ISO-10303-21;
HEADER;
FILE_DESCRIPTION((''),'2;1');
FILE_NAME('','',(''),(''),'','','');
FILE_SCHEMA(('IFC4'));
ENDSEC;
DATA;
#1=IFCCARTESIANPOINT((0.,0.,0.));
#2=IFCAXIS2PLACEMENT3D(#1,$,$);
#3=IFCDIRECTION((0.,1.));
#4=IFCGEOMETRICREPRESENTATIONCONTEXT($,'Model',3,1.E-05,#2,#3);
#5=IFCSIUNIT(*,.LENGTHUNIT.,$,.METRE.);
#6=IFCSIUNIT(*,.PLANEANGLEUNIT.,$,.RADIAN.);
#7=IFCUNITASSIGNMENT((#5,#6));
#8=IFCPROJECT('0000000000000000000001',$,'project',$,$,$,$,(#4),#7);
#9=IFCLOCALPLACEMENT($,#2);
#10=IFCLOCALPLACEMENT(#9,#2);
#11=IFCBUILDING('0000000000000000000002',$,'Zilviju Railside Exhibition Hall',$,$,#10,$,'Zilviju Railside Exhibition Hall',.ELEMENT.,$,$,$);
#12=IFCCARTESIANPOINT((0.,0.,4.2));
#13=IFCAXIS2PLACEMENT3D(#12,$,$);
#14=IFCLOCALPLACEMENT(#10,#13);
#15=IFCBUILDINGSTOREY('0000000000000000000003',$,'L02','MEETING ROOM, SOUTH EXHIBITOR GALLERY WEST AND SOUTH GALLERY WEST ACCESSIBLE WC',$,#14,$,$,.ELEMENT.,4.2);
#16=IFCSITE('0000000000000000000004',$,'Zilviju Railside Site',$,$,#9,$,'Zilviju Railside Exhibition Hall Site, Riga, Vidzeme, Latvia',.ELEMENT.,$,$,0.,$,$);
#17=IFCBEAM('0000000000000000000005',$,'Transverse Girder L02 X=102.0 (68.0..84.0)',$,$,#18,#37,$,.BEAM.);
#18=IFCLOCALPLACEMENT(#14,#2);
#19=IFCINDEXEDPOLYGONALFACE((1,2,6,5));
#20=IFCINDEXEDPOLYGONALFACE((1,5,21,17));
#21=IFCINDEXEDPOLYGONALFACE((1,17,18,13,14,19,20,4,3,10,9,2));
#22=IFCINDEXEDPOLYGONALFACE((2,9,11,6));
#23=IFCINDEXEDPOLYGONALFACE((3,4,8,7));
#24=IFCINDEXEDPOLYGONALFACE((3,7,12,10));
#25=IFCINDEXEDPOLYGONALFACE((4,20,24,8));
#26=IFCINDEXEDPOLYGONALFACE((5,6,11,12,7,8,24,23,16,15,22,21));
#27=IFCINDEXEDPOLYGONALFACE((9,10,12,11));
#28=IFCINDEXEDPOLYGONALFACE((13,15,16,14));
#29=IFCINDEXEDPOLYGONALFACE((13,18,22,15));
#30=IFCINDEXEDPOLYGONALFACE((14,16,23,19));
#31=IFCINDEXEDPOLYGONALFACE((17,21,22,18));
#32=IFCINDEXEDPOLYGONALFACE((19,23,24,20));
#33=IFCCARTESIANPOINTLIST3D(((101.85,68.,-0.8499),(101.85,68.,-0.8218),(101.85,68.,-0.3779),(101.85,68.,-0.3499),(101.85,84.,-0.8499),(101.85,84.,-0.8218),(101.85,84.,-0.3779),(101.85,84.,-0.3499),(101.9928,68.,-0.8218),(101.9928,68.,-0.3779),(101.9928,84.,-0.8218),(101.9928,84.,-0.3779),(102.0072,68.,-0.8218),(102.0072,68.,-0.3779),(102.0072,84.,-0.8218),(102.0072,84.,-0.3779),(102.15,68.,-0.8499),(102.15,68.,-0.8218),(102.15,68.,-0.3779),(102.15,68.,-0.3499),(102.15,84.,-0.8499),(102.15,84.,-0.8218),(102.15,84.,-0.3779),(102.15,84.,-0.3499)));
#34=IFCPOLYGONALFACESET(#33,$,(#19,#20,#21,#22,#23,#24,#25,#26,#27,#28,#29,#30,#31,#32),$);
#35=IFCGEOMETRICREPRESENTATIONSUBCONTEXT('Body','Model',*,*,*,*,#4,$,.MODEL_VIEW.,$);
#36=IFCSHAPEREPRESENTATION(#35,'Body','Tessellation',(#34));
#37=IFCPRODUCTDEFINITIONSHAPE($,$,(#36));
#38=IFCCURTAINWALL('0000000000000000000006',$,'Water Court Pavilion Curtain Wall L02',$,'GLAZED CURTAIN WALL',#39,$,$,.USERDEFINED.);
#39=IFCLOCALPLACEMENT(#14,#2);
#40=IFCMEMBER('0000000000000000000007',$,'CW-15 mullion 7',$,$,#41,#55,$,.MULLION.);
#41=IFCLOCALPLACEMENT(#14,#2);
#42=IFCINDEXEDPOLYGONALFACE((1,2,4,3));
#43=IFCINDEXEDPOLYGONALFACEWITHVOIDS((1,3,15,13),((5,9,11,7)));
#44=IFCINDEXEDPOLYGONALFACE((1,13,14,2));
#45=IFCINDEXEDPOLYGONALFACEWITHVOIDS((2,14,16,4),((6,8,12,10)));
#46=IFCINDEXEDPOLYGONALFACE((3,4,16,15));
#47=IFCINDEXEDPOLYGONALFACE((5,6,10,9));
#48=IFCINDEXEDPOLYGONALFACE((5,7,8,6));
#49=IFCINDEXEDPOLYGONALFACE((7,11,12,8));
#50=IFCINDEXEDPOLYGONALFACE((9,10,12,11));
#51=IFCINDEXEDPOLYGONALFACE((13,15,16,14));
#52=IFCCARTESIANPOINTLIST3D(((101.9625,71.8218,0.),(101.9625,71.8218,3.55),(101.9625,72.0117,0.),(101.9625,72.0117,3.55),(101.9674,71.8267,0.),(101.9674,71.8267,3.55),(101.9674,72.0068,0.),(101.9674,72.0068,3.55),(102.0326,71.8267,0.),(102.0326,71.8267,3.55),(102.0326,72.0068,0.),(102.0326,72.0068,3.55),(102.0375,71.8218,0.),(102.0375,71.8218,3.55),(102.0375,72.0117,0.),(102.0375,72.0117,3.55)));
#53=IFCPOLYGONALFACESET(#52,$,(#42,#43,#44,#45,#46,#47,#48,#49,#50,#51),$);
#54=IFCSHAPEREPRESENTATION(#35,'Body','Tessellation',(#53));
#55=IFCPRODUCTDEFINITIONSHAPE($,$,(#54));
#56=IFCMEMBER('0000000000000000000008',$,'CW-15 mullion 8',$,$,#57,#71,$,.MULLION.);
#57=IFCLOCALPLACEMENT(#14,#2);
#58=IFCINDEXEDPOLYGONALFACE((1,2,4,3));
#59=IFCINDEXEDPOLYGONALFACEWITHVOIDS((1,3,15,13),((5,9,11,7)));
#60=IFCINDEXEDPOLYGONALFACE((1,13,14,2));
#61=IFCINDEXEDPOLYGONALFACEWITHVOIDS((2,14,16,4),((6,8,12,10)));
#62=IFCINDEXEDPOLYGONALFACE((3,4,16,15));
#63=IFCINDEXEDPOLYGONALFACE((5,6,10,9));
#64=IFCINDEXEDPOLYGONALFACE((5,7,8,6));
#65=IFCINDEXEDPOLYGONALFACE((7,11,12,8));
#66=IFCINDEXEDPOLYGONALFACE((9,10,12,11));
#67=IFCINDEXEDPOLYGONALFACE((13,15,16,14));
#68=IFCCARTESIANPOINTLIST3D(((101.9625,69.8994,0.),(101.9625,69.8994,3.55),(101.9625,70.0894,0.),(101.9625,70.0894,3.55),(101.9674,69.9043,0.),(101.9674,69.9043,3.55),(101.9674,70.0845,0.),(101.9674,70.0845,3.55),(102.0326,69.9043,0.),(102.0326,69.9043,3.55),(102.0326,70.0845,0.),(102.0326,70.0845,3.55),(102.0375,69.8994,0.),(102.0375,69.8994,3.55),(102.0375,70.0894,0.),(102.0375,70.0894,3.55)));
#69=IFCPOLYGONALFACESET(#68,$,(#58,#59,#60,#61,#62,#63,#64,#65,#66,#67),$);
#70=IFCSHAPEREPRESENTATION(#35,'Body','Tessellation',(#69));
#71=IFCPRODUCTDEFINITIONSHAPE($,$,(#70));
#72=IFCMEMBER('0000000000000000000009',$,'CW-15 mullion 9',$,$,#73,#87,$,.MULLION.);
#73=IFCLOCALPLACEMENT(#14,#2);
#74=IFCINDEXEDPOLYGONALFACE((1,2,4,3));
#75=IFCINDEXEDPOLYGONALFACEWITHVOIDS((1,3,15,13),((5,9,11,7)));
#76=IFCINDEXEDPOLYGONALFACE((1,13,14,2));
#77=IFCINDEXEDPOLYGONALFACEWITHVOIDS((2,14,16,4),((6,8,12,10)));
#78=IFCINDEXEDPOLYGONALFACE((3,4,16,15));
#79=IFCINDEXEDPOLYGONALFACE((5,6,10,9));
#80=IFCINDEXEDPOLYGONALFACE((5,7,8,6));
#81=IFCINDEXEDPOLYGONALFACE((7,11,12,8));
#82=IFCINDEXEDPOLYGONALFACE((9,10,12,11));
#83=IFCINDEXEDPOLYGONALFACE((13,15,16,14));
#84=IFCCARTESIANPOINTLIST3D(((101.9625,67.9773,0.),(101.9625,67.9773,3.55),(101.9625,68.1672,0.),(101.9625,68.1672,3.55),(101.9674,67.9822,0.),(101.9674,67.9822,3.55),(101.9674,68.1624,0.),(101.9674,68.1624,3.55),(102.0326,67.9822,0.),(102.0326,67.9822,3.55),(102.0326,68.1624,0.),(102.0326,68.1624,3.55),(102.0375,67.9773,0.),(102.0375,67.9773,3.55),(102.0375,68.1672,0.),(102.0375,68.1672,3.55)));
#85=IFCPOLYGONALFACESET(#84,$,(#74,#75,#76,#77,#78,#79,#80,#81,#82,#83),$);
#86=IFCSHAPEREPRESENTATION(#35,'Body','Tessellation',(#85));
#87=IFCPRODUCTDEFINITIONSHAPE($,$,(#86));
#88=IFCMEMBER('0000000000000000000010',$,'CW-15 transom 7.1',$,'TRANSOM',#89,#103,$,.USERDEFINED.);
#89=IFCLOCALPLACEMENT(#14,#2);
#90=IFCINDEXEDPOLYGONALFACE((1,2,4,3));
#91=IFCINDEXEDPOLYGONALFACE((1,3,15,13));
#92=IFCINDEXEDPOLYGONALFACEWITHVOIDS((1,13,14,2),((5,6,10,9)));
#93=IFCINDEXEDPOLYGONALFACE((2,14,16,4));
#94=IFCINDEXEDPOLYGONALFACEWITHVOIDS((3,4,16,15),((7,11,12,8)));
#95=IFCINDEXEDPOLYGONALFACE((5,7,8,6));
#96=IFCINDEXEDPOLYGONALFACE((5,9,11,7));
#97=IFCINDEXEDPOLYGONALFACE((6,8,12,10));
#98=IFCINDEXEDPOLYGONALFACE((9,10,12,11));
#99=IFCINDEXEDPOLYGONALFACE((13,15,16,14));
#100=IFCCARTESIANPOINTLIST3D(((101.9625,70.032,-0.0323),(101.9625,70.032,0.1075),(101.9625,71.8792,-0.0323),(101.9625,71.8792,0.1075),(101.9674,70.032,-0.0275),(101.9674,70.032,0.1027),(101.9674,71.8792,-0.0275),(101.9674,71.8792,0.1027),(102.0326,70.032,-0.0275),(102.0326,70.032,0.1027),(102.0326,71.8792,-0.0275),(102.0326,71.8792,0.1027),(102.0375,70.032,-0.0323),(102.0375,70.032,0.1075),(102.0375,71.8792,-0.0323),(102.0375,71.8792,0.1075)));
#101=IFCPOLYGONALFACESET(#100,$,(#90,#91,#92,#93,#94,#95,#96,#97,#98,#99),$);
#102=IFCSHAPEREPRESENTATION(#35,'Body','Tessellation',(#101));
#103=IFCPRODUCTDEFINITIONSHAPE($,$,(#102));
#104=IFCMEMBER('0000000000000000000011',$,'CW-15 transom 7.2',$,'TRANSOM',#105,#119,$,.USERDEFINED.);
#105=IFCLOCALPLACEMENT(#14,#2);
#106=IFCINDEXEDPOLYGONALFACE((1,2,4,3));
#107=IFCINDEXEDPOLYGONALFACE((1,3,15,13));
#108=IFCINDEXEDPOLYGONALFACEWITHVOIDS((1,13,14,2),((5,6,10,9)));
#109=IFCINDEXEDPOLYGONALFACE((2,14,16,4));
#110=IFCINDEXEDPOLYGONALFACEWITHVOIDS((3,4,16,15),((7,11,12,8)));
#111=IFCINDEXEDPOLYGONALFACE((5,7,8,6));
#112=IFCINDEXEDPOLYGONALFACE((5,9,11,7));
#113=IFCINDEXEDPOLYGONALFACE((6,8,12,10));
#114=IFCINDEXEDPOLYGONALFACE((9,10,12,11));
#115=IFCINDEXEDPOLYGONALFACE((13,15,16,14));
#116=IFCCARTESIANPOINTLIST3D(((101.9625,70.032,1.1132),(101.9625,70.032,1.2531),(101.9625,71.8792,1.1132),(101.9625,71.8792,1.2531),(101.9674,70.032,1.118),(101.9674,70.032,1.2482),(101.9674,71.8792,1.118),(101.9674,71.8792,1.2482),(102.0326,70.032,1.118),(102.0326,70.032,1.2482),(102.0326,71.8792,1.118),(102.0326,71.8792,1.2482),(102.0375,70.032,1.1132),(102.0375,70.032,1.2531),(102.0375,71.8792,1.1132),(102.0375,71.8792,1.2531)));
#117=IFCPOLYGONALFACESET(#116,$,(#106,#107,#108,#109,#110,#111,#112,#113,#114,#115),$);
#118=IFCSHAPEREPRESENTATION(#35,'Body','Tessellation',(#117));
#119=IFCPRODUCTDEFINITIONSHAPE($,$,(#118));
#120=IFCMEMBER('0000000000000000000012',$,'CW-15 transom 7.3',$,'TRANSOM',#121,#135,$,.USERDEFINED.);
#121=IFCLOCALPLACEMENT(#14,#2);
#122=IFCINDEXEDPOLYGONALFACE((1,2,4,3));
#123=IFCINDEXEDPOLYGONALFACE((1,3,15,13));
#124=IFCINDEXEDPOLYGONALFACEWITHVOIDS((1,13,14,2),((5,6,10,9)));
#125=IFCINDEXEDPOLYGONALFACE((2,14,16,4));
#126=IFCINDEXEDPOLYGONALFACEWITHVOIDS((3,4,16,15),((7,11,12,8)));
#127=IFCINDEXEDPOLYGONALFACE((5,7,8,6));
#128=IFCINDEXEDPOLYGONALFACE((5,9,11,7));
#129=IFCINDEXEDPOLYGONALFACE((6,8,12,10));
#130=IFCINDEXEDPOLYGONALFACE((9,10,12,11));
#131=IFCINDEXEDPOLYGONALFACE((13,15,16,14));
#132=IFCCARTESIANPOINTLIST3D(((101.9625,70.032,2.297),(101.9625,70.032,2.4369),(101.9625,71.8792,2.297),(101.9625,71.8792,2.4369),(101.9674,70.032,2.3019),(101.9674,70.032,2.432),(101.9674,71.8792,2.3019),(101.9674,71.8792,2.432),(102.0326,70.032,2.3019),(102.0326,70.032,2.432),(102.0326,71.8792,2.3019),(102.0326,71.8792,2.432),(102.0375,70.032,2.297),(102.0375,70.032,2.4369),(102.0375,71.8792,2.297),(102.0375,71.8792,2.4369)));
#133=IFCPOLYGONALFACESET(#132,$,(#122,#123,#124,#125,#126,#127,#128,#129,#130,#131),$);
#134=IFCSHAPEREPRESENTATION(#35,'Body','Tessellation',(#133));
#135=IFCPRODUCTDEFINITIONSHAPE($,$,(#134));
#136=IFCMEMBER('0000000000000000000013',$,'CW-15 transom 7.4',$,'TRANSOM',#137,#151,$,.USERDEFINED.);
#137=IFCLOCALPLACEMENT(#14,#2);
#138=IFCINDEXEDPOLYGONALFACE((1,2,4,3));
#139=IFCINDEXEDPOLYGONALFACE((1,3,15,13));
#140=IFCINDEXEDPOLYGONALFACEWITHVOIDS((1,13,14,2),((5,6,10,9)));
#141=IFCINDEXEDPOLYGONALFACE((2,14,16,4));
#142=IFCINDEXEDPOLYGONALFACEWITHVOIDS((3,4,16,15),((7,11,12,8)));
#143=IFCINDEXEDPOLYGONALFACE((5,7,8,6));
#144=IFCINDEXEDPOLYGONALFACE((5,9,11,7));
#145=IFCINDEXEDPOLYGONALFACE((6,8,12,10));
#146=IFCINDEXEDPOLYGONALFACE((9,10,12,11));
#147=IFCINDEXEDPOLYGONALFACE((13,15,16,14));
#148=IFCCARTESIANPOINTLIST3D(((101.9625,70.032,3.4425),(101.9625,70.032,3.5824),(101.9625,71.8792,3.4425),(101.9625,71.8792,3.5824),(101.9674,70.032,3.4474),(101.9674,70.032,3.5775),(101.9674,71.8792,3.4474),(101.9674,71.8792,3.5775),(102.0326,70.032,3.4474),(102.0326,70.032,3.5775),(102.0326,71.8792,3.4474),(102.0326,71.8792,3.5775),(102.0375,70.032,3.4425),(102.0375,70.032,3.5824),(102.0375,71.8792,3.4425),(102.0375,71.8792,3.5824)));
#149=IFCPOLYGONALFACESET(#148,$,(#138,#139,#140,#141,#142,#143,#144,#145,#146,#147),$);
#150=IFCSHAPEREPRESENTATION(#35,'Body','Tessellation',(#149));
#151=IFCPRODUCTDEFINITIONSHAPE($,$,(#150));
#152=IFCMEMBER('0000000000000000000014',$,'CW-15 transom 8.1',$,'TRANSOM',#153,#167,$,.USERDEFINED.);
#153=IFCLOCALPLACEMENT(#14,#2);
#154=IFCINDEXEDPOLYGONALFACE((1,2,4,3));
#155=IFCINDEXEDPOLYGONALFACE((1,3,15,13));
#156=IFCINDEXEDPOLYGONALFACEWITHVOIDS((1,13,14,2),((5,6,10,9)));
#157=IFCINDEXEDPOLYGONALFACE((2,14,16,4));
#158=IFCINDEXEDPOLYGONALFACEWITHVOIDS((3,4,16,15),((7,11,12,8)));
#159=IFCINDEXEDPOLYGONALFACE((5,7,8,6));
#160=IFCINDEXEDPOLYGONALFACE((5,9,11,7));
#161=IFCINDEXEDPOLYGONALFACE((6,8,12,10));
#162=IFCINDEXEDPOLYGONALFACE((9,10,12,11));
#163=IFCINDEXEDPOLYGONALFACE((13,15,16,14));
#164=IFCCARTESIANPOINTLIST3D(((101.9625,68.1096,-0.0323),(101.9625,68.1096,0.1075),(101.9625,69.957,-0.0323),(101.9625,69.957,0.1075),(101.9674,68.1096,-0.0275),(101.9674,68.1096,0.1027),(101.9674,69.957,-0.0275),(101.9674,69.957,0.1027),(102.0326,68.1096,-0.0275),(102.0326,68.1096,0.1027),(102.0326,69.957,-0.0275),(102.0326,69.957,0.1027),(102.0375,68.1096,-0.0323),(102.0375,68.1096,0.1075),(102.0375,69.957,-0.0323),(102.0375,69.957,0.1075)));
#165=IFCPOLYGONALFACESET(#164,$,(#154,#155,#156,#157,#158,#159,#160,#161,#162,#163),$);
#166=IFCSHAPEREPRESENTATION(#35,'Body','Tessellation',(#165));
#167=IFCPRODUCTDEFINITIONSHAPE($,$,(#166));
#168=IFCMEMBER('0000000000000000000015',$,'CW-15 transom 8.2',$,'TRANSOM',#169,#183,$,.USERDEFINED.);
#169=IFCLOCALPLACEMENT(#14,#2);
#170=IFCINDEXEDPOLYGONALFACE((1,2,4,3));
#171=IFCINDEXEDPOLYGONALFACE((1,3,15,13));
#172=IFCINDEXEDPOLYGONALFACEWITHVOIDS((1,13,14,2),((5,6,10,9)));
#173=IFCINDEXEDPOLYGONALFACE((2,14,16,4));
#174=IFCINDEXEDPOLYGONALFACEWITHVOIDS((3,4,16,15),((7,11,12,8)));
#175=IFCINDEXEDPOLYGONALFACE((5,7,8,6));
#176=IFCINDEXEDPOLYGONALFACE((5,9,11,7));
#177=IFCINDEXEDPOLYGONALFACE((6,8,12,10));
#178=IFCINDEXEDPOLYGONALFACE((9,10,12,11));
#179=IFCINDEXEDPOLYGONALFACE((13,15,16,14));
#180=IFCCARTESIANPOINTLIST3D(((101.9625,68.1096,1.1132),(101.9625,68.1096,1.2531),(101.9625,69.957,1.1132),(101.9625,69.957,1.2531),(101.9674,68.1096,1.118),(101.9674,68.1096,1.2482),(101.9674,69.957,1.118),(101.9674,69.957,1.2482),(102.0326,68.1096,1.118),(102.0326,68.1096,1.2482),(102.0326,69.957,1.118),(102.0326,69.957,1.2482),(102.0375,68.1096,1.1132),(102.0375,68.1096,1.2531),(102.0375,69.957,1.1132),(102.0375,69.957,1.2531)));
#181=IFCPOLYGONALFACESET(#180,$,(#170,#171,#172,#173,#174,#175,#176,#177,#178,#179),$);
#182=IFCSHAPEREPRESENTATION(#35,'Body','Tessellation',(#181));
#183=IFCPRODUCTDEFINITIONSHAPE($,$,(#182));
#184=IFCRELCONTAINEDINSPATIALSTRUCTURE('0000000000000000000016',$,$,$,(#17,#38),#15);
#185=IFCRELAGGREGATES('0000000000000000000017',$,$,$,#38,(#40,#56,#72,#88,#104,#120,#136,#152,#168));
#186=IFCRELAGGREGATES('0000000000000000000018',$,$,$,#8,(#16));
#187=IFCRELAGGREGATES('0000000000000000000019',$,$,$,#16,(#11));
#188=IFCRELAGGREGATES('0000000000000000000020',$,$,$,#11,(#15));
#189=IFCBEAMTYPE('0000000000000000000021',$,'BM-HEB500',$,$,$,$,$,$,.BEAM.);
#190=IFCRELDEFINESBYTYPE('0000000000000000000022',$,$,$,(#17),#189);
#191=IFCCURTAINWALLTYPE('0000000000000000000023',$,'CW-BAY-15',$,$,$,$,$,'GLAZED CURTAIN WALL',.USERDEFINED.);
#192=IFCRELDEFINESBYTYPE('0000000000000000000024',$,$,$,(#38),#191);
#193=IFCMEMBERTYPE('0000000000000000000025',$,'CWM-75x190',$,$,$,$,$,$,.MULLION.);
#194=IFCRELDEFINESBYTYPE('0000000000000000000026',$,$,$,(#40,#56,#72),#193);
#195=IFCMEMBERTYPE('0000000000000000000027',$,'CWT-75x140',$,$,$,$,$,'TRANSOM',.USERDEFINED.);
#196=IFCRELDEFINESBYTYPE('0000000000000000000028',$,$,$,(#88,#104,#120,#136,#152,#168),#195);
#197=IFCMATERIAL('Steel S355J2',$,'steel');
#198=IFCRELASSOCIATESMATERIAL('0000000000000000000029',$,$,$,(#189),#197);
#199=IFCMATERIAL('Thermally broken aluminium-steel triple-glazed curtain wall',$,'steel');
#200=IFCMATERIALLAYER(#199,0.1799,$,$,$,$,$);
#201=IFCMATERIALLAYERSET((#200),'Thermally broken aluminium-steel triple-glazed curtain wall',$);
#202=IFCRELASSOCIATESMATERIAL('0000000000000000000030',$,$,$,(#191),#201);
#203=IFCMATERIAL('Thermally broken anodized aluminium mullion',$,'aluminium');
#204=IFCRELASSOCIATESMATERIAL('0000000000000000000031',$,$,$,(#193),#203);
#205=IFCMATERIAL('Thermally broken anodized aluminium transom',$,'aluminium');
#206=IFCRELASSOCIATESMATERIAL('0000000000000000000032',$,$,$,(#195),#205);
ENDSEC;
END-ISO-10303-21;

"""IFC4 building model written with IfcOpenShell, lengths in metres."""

from ifc_helpers import new_model, si_unit, direction, frame, origin, origin_2d, place, context, subcontext, project, spatial, hollow_rectangle, i_section, extrude, material, layer, layer_set, material_profile, profile_set, type_object, element, aggregate, save


model = new_model("IFC4")

# Units and contexts
model_context = context("Model", 3, precision=1e-05, world=origin(), true_north=direction((0.0, 1.0)))
body_context = subcontext(model_context, "Body", "Model", "MODEL_VIEW")
ifc_project = project(units=[si_unit("LENGTHUNIT", "METRE"), si_unit("PLANEANGLEUNIT", "RADIAN")], contexts=[model_context])

# Site, building, storey
site_placement = place(None, origin())
site = spatial("IfcSite", under=ifc_project, at=site_placement, Name="Zilviju Railside Site", LongName="Zilviju Railside Exhibition Hall Site, Riga, Vidzeme, Latvia", CompositionType="ELEMENT", RefElevation=0.0)
building_placement = place(site_placement, origin())
building = spatial("IfcBuilding", under=site, at=building_placement, Name="Zilviju Railside Exhibition Hall", LongName="Zilviju Railside Exhibition Hall", CompositionType="ELEMENT")
storey_placement = place(building_placement, frame((0.0, 0.0, 4.2)))
storey = spatial("IfcBuildingStorey", under=building, at=storey_placement, Name="L02", Description="MEETING ROOM, SOUTH EXHIBITOR GALLERY WEST AND SOUTH GALLERY WEST ACCESSIBLE WC", CompositionType="ELEMENT", Elevation=4.2)

# Beam
ifc_material_1 = material(Name="Steel S355J2", Category="steel")
ifc_material_profile_1 = material_profile(ifc_material_1, i_section(OverallWidth=0.3, OverallDepth=0.5, WebThickness=0.0144, FlangeThickness=0.0281, at=origin_2d()), Name="HEB 500")
ifc_profile_set_1 = profile_set([ifc_material_profile_1], Name="Steel S355J2")
beam_type = type_object("IfcBeamType", Name="BM-HEB500", PredefinedType="BEAM", material=ifc_profile_set_1)
beam_placement = place(storey_placement, frame((102.0, 68.0, -0.5999), z_axis=(0.0, 1.0, 0.0), x_axis=(-1.0, 0.0, 0.0)))
element("IfcBeam", 1, at=beam_placement, inside=storey, type_object=beam_type, Name="Transverse Girder L02 X=102.0 (68.0..84.0)", PredefinedType="BEAM", context=body_context, shape_type="SweptSolid", body=[
    extrude(i_section(OverallWidth=0.3, OverallDepth=0.5, WebThickness=0.0144, FlangeThickness=0.0281, at=origin_2d()), origin(), (0.0, 0.0, 1.0), 16.0),
])

# Curtain wall, members
ifc_material_2 = material(Name="Thermally broken aluminium-steel triple-glazed curtain wall", Category="steel")
ifc_layer_1 = layer(ifc_material_2, 0.1799)
ifc_layer_set_1 = layer_set([ifc_layer_1], Name="Thermally broken aluminium-steel triple-glazed curtain wall")
curtain_wall_type = type_object("IfcCurtainWallType", Name="CW-BAY-15", ElementType="GLAZED CURTAIN WALL", PredefinedType="USERDEFINED", material=ifc_layer_set_1)
curtain_wall_placement = place(storey_placement, origin())
curtain_wall = element("IfcCurtainWall", 2, at=curtain_wall_placement, inside=storey, type_object=curtain_wall_type, Name="Water Court Pavilion Curtain Wall L02", ObjectType="GLAZED CURTAIN WALL", PredefinedType="USERDEFINED")
ifc_material_3 = material(Name="Thermally broken anodized aluminium mullion", Category="aluminium")
ifc_material_profile_2 = material_profile(ifc_material_3, hollow_rectangle(XDim=0.075, YDim=0.1899, WallThickness=0.0049, at=origin_2d()), Name="MULLION 190x75x5")
ifc_profile_set_2 = profile_set([ifc_material_profile_2], Name="Thermally broken anodized aluminium mullion")
member_type_1 = type_object("IfcMemberType", Name="CWM-75x190", PredefinedType="MULLION", material=ifc_profile_set_2)
member_1_placement = place(storey_placement, frame((102.0, 71.9167, 0.0), z_axis=(0.0, 0.0, 1.0), x_axis=(1.0, 0.0, 0.0)))
member_1 = element("IfcMember", 3, at=member_1_placement, type_object=member_type_1, Name="CW-15 mullion 7", PredefinedType="MULLION", context=body_context, shape_type="SweptSolid", body=[
    extrude(hollow_rectangle(XDim=0.075, YDim=0.1899, WallThickness=0.0049, at=origin_2d()), origin(), (0.0, 0.0, 1.0), 3.55),
])
member_2_placement = place(storey_placement, frame((102.0, 69.9944, 0.0), z_axis=(0.0, 0.0, 1.0), x_axis=(1.0, 0.0, 0.0)))
member_2 = element("IfcMember", 4, at=member_2_placement, type_object=member_type_1, Name="CW-15 mullion 8", PredefinedType="MULLION", context=body_context, shape_type="SweptSolid", body=[
    extrude(hollow_rectangle(XDim=0.075, YDim=0.1899, WallThickness=0.0049, at=origin_2d()), origin(), (0.0, 0.0, 1.0), 3.55),
])
member_3_placement = place(storey_placement, frame((102.0, 68.0723, 0.0), z_axis=(0.0, 0.0, 1.0), x_axis=(1.0, 0.0, 0.0)))
member_3 = element("IfcMember", 5, at=member_3_placement, type_object=member_type_1, Name="CW-15 mullion 9", PredefinedType="MULLION", context=body_context, shape_type="SweptSolid", body=[
    extrude(hollow_rectangle(XDim=0.075, YDim=0.1899, WallThickness=0.0049, at=origin_2d()), origin(), (0.0, 0.0, 1.0), 3.55),
])
ifc_material_4 = material(Name="Thermally broken anodized aluminium transom", Category="aluminium")
ifc_material_profile_3 = material_profile(ifc_material_4, hollow_rectangle(XDim=0.075, YDim=0.1399, WallThickness=0.0049, at=origin_2d()), Name="TRANSOM 140x75x5")
ifc_profile_set_3 = profile_set([ifc_material_profile_3], Name="Thermally broken anodized aluminium transom")
member_type_2 = type_object("IfcMemberType", Name="CWT-75x140", ElementType="TRANSOM", PredefinedType="USERDEFINED", material=ifc_profile_set_3)
member_4_placement = place(storey_placement, frame((102.0, 71.8792, 0.0376), z_axis=(0.0, -1.0, 0.0), x_axis=(1.0, 0.0, 0.0)))
member_4 = element("IfcMember", 6, at=member_4_placement, type_object=member_type_2, Name="CW-15 transom 7.1", ObjectType="TRANSOM", PredefinedType="USERDEFINED", context=body_context, shape_type="SweptSolid", body=[
    extrude(hollow_rectangle(XDim=0.075, YDim=0.1399, WallThickness=0.0049, at=origin_2d()), origin(), (0.0, 0.0, 1.0), 1.8472),
])
member_5_placement = place(storey_placement, frame((102.0, 71.8792, 1.1831), z_axis=(0.0, -1.0, 0.0), x_axis=(1.0, 0.0, 0.0)))
member_5 = element("IfcMember", 7, at=member_5_placement, type_object=member_type_2, Name="CW-15 transom 7.2", ObjectType="TRANSOM", PredefinedType="USERDEFINED", context=body_context, shape_type="SweptSolid", body=[
    extrude(hollow_rectangle(XDim=0.075, YDim=0.1399, WallThickness=0.0049, at=origin_2d()), origin(), (0.0, 0.0, 1.0), 1.8472),
])
member_6_placement = place(storey_placement, frame((102.0, 71.8792, 2.3669), z_axis=(0.0, -1.0, 0.0), x_axis=(1.0, 0.0, 0.0)))
member_6 = element("IfcMember", 8, at=member_6_placement, type_object=member_type_2, Name="CW-15 transom 7.3", ObjectType="TRANSOM", PredefinedType="USERDEFINED", context=body_context, shape_type="SweptSolid", body=[
    extrude(hollow_rectangle(XDim=0.075, YDim=0.1399, WallThickness=0.0049, at=origin_2d()), origin(), (0.0, 0.0, 1.0), 1.8472),
])
member_7_placement = place(storey_placement, frame((102.0, 71.8792, 3.5125), z_axis=(0.0, -1.0, 0.0), x_axis=(1.0, 0.0, 0.0)))
member_7 = element("IfcMember", 9, at=member_7_placement, type_object=member_type_2, Name="CW-15 transom 7.4", ObjectType="TRANSOM", PredefinedType="USERDEFINED", context=body_context, shape_type="SweptSolid", body=[
    extrude(hollow_rectangle(XDim=0.075, YDim=0.1399, WallThickness=0.0049, at=origin_2d()), origin(), (0.0, 0.0, 1.0), 1.8472),
])
member_8_placement = place(storey_placement, frame((102.0, 69.957, 0.0376), z_axis=(0.0, -1.0, 0.0), x_axis=(1.0, 0.0, 0.0)))
member_8 = element("IfcMember", 10, at=member_8_placement, type_object=member_type_2, Name="CW-15 transom 8.1", ObjectType="TRANSOM", PredefinedType="USERDEFINED", context=body_context, shape_type="SweptSolid", body=[
    extrude(hollow_rectangle(XDim=0.075, YDim=0.1399, WallThickness=0.0049, at=origin_2d()), origin(), (0.0, 0.0, 1.0), 1.8474),
])
member_9_placement = place(storey_placement, frame((102.0, 69.957, 1.1831), z_axis=(0.0, -1.0, 0.0), x_axis=(1.0, 0.0, 0.0)))
member_9 = element("IfcMember", 11, at=member_9_placement, type_object=member_type_2, Name="CW-15 transom 8.2", ObjectType="TRANSOM", PredefinedType="USERDEFINED", context=body_context, shape_type="SweptSolid", body=[
    extrude(hollow_rectangle(XDim=0.075, YDim=0.1399, WallThickness=0.0049, at=origin_2d()), origin(), (0.0, 0.0, 1.0), 1.8474),
])
aggregate(curtain_wall, [member_1, member_2, member_3, member_4, member_5, member_6, member_7, member_8, member_9])

save(model, "model.ifc")
